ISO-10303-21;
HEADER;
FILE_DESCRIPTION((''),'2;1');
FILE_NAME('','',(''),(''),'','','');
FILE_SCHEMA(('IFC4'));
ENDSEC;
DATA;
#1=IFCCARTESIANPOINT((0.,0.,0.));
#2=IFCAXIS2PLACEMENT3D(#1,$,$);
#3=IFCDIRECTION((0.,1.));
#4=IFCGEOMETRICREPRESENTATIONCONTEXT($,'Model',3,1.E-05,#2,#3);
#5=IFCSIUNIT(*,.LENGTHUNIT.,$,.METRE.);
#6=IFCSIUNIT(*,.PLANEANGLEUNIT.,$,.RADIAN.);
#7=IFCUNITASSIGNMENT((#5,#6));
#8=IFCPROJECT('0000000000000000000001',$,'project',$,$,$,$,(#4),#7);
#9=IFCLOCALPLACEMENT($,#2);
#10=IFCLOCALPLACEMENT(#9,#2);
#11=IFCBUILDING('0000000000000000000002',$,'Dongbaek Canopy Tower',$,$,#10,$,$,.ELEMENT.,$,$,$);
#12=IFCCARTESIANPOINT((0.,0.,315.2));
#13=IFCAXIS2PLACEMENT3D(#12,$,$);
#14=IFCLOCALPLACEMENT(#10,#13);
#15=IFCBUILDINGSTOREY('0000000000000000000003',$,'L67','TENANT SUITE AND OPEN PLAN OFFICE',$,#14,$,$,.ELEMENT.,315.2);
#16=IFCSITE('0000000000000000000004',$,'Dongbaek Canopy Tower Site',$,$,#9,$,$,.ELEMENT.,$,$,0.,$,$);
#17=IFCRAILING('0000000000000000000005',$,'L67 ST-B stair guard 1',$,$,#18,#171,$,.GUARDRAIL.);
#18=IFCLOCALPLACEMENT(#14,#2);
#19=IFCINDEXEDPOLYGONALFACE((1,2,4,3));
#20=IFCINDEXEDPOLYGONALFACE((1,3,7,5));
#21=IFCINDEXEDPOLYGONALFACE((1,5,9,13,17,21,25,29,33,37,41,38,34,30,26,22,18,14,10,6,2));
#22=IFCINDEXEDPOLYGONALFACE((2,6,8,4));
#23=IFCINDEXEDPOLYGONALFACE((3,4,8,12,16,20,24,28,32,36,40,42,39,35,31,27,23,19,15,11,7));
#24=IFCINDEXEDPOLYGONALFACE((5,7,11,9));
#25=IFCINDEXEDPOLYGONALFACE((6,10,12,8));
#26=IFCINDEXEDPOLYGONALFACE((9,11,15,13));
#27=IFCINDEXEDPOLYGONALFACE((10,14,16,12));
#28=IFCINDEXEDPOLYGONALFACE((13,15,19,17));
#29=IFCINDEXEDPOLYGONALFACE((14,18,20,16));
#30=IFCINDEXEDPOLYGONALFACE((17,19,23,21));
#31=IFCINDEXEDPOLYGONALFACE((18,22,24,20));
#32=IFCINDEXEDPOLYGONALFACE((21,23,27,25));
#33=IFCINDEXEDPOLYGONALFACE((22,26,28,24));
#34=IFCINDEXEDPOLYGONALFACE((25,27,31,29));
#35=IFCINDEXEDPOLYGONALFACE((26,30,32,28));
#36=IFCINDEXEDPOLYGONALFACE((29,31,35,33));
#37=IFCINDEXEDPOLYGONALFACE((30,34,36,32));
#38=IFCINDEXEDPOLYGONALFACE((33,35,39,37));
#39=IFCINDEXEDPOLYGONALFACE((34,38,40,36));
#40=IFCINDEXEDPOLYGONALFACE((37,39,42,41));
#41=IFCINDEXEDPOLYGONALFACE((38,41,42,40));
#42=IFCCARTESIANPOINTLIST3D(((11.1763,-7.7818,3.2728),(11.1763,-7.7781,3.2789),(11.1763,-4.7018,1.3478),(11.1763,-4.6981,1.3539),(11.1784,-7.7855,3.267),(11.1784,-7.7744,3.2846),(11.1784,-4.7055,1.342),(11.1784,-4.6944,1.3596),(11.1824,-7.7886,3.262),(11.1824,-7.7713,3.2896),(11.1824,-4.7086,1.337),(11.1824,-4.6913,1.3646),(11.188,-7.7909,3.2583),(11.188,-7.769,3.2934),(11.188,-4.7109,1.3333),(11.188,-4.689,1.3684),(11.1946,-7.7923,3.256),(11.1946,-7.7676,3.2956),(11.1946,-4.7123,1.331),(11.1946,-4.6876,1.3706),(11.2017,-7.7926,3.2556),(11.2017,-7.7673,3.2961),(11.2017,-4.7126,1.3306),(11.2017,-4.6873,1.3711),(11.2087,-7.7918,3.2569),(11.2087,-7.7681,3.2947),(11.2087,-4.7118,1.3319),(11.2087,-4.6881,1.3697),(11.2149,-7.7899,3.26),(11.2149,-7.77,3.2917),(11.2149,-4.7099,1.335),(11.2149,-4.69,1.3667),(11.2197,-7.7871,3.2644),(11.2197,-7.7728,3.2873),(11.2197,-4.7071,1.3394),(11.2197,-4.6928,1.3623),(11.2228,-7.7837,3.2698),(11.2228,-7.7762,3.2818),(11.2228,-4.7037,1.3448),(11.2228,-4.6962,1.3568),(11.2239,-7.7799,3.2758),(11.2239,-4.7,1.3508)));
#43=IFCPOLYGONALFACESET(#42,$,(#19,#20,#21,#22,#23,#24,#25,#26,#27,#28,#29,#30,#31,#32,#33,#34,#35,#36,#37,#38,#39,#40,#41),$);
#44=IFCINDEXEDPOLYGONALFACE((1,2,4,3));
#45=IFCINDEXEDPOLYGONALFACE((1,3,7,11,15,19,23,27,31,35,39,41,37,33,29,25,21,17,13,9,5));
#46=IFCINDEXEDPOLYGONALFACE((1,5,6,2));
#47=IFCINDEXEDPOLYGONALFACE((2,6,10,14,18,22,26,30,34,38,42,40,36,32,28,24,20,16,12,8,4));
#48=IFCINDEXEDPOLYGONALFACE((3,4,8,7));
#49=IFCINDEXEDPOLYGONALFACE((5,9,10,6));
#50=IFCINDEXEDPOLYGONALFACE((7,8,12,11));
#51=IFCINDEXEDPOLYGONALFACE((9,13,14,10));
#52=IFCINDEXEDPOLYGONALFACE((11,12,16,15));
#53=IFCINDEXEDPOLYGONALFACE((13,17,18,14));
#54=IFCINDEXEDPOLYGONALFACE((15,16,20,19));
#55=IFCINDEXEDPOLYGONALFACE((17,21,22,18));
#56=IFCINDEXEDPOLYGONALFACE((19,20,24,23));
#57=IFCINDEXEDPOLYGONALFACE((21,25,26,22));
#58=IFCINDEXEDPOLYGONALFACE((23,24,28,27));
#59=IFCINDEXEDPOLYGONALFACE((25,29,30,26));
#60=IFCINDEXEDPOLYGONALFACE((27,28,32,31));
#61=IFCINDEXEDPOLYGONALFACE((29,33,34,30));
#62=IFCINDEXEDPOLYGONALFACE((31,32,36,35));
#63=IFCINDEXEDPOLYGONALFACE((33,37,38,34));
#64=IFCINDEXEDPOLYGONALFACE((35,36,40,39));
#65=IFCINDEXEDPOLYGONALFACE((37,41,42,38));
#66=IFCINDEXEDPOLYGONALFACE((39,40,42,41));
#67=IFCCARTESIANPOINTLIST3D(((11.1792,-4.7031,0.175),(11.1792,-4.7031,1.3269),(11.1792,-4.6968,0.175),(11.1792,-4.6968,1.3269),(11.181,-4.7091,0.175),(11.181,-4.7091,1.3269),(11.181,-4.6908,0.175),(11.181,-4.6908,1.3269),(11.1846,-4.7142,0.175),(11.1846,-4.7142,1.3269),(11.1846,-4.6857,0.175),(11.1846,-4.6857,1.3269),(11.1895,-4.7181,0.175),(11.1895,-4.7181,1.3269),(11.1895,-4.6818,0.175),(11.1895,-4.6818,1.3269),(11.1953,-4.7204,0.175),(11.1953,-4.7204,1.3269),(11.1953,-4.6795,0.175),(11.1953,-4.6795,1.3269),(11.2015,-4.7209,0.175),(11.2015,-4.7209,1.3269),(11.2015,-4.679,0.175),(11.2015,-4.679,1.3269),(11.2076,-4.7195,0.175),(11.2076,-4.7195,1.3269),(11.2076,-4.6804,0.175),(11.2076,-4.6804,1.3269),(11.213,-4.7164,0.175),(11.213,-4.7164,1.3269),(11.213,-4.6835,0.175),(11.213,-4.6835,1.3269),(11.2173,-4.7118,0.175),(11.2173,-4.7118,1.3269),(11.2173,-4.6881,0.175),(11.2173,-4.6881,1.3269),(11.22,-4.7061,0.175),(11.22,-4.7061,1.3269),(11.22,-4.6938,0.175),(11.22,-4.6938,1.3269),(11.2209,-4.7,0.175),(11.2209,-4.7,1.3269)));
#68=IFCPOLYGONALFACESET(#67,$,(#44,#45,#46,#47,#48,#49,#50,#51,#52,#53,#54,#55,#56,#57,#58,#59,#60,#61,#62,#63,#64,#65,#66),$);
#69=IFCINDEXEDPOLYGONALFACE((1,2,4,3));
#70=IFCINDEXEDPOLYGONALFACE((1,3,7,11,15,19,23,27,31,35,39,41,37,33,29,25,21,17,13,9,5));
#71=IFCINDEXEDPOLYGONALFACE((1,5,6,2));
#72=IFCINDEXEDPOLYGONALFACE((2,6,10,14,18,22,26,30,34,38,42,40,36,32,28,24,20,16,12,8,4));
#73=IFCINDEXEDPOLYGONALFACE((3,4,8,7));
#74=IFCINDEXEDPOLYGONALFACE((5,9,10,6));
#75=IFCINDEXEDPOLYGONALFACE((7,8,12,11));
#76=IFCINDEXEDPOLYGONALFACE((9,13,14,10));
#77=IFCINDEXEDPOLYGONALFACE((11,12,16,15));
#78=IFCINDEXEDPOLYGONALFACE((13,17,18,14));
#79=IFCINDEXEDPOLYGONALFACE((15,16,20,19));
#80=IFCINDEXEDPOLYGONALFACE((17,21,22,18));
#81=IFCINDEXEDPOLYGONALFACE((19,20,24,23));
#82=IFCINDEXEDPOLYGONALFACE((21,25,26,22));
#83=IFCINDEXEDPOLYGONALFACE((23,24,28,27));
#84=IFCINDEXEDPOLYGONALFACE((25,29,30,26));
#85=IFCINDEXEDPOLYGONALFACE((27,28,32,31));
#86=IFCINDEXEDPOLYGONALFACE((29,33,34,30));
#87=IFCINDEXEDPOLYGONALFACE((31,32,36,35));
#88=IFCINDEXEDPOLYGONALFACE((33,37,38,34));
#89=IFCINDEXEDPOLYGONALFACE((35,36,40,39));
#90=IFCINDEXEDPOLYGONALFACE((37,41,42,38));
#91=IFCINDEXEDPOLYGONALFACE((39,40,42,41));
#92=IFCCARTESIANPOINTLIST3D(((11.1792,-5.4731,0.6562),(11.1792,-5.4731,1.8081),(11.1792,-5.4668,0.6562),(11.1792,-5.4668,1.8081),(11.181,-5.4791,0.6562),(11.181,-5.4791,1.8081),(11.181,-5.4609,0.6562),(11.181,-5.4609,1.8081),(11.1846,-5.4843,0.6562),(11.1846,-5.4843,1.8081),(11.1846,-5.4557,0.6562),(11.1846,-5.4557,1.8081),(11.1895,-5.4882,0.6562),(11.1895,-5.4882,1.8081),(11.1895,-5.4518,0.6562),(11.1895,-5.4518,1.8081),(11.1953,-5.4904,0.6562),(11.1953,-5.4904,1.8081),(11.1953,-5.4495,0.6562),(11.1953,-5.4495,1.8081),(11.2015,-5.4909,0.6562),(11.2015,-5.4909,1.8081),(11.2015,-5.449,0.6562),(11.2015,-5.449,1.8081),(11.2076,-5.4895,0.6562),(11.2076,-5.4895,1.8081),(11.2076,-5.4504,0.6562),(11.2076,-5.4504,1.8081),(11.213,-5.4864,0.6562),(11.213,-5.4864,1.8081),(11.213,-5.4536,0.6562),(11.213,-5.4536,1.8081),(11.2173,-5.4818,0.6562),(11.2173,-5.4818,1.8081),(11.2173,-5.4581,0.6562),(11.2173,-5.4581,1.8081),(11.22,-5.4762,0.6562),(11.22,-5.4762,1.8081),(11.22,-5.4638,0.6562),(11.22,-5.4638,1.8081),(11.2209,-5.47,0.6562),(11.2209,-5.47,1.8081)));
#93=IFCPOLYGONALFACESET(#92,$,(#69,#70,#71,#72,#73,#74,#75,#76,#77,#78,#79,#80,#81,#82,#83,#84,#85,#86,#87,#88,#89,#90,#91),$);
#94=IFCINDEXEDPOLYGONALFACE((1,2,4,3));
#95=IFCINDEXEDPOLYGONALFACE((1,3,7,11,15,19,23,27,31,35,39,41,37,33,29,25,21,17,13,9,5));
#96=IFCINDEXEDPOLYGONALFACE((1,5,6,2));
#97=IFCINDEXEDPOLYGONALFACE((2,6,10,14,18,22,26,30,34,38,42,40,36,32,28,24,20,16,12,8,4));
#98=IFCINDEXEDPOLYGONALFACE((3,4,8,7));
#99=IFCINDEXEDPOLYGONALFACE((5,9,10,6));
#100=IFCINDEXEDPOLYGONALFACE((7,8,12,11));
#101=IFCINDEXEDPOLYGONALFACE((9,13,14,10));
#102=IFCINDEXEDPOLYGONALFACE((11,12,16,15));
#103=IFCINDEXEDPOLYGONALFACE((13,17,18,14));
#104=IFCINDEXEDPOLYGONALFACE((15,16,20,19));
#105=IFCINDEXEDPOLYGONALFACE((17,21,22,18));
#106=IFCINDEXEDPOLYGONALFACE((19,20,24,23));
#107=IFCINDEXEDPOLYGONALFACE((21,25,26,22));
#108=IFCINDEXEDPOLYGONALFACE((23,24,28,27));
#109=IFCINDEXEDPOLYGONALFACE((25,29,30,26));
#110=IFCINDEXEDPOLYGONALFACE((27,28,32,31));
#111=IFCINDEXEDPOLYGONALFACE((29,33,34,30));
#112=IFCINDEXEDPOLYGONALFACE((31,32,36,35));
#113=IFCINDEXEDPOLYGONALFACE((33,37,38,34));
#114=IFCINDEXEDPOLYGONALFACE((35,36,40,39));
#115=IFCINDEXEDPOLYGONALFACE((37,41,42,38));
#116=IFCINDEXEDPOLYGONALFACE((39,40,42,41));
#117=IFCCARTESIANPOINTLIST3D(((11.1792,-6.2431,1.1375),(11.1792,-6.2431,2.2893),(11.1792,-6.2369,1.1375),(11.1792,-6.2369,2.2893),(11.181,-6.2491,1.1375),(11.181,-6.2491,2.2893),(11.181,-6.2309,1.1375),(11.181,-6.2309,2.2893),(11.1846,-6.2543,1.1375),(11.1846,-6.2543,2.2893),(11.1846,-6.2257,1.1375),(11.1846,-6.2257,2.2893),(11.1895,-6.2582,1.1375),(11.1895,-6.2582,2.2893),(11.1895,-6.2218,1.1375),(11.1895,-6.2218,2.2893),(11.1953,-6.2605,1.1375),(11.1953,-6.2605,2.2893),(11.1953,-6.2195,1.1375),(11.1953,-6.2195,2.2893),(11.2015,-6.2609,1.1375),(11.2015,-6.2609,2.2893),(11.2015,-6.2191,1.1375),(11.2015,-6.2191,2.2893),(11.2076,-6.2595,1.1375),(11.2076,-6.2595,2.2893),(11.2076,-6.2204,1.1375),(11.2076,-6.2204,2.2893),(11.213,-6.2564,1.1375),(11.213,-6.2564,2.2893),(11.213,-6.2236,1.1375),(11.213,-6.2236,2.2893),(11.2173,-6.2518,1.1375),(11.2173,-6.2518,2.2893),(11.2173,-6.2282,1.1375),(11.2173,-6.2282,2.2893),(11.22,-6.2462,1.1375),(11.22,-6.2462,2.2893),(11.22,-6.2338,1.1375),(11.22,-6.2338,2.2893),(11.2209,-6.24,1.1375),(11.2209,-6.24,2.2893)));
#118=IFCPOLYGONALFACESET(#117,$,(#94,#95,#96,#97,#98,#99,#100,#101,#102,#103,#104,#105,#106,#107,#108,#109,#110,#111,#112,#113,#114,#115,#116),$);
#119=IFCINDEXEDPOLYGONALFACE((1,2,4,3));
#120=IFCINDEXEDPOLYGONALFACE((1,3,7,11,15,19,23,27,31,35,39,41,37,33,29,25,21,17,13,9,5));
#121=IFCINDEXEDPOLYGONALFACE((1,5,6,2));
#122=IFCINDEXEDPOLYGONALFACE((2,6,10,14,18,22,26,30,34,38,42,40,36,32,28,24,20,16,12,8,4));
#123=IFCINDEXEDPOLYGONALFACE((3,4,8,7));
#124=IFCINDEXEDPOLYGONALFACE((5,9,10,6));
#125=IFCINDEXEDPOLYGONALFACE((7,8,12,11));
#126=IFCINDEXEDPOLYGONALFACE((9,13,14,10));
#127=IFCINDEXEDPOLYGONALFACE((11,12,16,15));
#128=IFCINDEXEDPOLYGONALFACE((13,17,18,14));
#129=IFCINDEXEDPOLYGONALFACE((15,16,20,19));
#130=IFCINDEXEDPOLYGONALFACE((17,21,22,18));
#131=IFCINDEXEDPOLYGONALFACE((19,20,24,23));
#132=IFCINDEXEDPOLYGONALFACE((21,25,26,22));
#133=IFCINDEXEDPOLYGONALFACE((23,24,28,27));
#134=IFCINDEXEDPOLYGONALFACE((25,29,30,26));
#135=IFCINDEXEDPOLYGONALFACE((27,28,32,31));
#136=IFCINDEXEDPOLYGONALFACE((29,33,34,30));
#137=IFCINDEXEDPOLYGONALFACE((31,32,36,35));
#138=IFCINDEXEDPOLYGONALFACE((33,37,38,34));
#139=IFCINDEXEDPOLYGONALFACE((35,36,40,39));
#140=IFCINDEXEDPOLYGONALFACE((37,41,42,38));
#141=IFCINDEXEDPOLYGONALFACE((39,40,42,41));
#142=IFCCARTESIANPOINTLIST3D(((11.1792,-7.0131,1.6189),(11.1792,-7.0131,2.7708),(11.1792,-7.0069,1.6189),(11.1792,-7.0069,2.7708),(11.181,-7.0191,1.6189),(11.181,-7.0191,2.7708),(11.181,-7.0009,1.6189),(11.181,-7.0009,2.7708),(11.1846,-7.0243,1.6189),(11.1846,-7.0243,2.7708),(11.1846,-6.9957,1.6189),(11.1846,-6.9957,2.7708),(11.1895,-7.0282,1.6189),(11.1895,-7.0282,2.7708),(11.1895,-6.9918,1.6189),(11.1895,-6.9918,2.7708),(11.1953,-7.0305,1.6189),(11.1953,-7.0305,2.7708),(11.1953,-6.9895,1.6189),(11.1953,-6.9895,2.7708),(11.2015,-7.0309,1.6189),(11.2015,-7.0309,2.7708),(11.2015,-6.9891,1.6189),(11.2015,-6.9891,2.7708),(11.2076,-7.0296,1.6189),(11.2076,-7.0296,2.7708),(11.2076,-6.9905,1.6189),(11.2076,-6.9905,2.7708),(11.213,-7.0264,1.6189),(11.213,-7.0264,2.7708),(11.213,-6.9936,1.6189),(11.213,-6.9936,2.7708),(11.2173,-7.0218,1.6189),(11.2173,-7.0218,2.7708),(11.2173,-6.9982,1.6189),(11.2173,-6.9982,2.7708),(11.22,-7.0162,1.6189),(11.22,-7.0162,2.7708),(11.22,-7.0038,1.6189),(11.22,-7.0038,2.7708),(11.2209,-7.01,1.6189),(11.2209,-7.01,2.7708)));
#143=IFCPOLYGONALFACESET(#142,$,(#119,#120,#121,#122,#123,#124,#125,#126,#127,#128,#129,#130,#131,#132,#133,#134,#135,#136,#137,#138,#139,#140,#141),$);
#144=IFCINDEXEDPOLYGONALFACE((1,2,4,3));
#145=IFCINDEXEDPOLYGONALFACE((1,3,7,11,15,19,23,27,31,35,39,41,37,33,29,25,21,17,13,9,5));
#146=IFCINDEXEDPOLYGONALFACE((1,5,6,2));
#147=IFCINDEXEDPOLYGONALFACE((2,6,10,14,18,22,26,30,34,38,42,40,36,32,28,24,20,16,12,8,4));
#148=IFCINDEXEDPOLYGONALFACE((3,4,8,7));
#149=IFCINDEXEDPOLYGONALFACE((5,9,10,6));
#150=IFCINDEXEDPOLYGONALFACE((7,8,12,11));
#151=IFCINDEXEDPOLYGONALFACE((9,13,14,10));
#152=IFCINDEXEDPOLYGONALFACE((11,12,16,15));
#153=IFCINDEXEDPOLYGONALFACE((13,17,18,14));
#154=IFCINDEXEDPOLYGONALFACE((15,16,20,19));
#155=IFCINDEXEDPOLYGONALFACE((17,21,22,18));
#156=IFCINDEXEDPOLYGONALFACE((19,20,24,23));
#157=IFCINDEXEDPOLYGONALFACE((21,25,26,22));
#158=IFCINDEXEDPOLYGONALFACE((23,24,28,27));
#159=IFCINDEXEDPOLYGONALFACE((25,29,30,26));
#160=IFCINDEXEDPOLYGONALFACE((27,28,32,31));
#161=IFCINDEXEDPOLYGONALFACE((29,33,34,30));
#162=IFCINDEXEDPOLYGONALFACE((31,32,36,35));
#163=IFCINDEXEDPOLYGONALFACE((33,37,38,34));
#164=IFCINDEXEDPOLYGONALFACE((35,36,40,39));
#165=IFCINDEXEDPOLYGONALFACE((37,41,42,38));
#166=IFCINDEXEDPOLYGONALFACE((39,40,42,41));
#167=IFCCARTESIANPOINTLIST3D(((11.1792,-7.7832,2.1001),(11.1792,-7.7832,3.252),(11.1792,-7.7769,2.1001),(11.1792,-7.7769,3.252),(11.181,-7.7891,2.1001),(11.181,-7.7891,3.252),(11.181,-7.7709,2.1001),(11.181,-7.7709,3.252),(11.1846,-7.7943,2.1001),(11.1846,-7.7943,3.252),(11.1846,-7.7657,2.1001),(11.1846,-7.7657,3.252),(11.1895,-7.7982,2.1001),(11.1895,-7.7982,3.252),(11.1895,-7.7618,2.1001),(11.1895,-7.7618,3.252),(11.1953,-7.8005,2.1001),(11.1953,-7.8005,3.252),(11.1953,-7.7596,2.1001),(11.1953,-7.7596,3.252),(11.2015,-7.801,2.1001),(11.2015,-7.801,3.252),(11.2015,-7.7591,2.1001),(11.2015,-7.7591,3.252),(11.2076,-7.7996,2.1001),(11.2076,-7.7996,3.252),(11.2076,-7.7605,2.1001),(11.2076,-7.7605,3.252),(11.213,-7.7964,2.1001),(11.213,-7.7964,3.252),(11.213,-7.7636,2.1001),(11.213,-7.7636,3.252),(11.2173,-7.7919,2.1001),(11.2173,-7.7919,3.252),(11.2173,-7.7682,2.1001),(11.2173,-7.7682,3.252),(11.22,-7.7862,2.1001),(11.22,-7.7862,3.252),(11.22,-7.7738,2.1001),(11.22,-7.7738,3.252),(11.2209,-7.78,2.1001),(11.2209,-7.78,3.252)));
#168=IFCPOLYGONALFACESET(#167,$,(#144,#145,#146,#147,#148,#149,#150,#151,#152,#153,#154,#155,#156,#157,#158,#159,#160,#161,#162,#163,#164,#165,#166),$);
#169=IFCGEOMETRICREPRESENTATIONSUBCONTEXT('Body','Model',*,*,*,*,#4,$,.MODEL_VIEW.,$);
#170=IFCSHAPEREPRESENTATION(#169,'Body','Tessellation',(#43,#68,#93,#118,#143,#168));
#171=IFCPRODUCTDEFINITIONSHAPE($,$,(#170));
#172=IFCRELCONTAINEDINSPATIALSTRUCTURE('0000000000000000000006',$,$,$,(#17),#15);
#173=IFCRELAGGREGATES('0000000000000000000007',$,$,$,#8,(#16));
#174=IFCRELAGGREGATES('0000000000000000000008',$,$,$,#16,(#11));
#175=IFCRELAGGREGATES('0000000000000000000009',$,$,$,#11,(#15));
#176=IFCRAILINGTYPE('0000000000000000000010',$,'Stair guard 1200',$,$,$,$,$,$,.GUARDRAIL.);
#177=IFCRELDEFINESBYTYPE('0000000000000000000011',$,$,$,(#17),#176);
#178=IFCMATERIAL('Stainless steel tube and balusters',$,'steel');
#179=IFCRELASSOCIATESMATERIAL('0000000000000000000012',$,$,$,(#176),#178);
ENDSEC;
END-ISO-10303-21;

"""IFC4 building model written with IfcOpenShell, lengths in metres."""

from ifc_helpers import new_model, si_unit, direction, frame, origin, origin_2d, place, context, subcontext, project, spatial, circle, extrude, material, type_object, element, save


model = new_model("IFC4")

# Units and contexts
model_context = context("Model", 3, precision=1e-05, world=origin(), true_north=direction((0.0, 1.0)))
body_context = subcontext(model_context, "Body", "Model", "MODEL_VIEW")
ifc_project = project(units=[si_unit("LENGTHUNIT", "METRE"), si_unit("PLANEANGLEUNIT", "RADIAN")], contexts=[model_context])

# Site, building, storey
site_placement = place(None, origin())
site = spatial("IfcSite", under=ifc_project, at=site_placement, Name="Dongbaek Canopy Tower Site", CompositionType="ELEMENT", RefElevation=0.0)
building_placement = place(site_placement, origin())
building = spatial("IfcBuilding", under=site, at=building_placement, Name="Dongbaek Canopy Tower", CompositionType="ELEMENT")
storey_placement = place(building_placement, frame((0.0, 0.0, 315.2)))
storey = spatial("IfcBuildingStorey", under=building, at=storey_placement, Name="L67", Description="TENANT SUITE AND OPEN PLAN OFFICE", CompositionType="ELEMENT", Elevation=315.2)

# Railing
ifc_material_1 = material(Name="Stainless steel tube and balusters", Category="steel")
railing_type_1 = type_object("IfcRailingType", Name="Stair guard 1200", PredefinedType="GUARDRAIL", material=ifc_material_1)
railing_1_placement = place(storey_placement, frame((11.2, -4.7, 0.175)))
element("IfcRailing", 1, at=railing_1_placement, inside=storey, type_object=railing_type_1, Name="L67 ST-B stair guard 1", PredefinedType="GUARDRAIL", context=body_context, shape_type="SweptSolid", body=[
    extrude(circle(Radius=0.0239, at=origin_2d()), frame((0.0, 0.0, 1.1758), z_axis=(0.0, -0.847998, 0.529999), x_axis=(1.0, 0.0, 0.0)), (0.0, 0.0, 1.0), 3.6321),
    extrude(circle(Radius=0.021, at=origin_2d()), origin(), (0.0, 0.0, 1.0), 1.1519),
    extrude(circle(Radius=0.021, at=origin_2d()), frame((0.0, -0.77, 0.4812)), (0.0, 0.0, 1.0), 1.1519),
    extrude(circle(Radius=0.021, at=origin_2d()), frame((0.0, -1.54, 0.9624)), (0.0, 0.0, 1.0), 1.1519),
    extrude(circle(Radius=0.021, at=origin_2d()), frame((0.0, -2.3101, 1.4438)), (0.0, 0.0, 1.0), 1.1519),
    extrude(circle(Radius=0.021, at=origin_2d()), frame((0.0, -3.0801, 1.925)), (0.0, 0.0, 1.0), 1.1519),
])

save(model, "model.ifc")
